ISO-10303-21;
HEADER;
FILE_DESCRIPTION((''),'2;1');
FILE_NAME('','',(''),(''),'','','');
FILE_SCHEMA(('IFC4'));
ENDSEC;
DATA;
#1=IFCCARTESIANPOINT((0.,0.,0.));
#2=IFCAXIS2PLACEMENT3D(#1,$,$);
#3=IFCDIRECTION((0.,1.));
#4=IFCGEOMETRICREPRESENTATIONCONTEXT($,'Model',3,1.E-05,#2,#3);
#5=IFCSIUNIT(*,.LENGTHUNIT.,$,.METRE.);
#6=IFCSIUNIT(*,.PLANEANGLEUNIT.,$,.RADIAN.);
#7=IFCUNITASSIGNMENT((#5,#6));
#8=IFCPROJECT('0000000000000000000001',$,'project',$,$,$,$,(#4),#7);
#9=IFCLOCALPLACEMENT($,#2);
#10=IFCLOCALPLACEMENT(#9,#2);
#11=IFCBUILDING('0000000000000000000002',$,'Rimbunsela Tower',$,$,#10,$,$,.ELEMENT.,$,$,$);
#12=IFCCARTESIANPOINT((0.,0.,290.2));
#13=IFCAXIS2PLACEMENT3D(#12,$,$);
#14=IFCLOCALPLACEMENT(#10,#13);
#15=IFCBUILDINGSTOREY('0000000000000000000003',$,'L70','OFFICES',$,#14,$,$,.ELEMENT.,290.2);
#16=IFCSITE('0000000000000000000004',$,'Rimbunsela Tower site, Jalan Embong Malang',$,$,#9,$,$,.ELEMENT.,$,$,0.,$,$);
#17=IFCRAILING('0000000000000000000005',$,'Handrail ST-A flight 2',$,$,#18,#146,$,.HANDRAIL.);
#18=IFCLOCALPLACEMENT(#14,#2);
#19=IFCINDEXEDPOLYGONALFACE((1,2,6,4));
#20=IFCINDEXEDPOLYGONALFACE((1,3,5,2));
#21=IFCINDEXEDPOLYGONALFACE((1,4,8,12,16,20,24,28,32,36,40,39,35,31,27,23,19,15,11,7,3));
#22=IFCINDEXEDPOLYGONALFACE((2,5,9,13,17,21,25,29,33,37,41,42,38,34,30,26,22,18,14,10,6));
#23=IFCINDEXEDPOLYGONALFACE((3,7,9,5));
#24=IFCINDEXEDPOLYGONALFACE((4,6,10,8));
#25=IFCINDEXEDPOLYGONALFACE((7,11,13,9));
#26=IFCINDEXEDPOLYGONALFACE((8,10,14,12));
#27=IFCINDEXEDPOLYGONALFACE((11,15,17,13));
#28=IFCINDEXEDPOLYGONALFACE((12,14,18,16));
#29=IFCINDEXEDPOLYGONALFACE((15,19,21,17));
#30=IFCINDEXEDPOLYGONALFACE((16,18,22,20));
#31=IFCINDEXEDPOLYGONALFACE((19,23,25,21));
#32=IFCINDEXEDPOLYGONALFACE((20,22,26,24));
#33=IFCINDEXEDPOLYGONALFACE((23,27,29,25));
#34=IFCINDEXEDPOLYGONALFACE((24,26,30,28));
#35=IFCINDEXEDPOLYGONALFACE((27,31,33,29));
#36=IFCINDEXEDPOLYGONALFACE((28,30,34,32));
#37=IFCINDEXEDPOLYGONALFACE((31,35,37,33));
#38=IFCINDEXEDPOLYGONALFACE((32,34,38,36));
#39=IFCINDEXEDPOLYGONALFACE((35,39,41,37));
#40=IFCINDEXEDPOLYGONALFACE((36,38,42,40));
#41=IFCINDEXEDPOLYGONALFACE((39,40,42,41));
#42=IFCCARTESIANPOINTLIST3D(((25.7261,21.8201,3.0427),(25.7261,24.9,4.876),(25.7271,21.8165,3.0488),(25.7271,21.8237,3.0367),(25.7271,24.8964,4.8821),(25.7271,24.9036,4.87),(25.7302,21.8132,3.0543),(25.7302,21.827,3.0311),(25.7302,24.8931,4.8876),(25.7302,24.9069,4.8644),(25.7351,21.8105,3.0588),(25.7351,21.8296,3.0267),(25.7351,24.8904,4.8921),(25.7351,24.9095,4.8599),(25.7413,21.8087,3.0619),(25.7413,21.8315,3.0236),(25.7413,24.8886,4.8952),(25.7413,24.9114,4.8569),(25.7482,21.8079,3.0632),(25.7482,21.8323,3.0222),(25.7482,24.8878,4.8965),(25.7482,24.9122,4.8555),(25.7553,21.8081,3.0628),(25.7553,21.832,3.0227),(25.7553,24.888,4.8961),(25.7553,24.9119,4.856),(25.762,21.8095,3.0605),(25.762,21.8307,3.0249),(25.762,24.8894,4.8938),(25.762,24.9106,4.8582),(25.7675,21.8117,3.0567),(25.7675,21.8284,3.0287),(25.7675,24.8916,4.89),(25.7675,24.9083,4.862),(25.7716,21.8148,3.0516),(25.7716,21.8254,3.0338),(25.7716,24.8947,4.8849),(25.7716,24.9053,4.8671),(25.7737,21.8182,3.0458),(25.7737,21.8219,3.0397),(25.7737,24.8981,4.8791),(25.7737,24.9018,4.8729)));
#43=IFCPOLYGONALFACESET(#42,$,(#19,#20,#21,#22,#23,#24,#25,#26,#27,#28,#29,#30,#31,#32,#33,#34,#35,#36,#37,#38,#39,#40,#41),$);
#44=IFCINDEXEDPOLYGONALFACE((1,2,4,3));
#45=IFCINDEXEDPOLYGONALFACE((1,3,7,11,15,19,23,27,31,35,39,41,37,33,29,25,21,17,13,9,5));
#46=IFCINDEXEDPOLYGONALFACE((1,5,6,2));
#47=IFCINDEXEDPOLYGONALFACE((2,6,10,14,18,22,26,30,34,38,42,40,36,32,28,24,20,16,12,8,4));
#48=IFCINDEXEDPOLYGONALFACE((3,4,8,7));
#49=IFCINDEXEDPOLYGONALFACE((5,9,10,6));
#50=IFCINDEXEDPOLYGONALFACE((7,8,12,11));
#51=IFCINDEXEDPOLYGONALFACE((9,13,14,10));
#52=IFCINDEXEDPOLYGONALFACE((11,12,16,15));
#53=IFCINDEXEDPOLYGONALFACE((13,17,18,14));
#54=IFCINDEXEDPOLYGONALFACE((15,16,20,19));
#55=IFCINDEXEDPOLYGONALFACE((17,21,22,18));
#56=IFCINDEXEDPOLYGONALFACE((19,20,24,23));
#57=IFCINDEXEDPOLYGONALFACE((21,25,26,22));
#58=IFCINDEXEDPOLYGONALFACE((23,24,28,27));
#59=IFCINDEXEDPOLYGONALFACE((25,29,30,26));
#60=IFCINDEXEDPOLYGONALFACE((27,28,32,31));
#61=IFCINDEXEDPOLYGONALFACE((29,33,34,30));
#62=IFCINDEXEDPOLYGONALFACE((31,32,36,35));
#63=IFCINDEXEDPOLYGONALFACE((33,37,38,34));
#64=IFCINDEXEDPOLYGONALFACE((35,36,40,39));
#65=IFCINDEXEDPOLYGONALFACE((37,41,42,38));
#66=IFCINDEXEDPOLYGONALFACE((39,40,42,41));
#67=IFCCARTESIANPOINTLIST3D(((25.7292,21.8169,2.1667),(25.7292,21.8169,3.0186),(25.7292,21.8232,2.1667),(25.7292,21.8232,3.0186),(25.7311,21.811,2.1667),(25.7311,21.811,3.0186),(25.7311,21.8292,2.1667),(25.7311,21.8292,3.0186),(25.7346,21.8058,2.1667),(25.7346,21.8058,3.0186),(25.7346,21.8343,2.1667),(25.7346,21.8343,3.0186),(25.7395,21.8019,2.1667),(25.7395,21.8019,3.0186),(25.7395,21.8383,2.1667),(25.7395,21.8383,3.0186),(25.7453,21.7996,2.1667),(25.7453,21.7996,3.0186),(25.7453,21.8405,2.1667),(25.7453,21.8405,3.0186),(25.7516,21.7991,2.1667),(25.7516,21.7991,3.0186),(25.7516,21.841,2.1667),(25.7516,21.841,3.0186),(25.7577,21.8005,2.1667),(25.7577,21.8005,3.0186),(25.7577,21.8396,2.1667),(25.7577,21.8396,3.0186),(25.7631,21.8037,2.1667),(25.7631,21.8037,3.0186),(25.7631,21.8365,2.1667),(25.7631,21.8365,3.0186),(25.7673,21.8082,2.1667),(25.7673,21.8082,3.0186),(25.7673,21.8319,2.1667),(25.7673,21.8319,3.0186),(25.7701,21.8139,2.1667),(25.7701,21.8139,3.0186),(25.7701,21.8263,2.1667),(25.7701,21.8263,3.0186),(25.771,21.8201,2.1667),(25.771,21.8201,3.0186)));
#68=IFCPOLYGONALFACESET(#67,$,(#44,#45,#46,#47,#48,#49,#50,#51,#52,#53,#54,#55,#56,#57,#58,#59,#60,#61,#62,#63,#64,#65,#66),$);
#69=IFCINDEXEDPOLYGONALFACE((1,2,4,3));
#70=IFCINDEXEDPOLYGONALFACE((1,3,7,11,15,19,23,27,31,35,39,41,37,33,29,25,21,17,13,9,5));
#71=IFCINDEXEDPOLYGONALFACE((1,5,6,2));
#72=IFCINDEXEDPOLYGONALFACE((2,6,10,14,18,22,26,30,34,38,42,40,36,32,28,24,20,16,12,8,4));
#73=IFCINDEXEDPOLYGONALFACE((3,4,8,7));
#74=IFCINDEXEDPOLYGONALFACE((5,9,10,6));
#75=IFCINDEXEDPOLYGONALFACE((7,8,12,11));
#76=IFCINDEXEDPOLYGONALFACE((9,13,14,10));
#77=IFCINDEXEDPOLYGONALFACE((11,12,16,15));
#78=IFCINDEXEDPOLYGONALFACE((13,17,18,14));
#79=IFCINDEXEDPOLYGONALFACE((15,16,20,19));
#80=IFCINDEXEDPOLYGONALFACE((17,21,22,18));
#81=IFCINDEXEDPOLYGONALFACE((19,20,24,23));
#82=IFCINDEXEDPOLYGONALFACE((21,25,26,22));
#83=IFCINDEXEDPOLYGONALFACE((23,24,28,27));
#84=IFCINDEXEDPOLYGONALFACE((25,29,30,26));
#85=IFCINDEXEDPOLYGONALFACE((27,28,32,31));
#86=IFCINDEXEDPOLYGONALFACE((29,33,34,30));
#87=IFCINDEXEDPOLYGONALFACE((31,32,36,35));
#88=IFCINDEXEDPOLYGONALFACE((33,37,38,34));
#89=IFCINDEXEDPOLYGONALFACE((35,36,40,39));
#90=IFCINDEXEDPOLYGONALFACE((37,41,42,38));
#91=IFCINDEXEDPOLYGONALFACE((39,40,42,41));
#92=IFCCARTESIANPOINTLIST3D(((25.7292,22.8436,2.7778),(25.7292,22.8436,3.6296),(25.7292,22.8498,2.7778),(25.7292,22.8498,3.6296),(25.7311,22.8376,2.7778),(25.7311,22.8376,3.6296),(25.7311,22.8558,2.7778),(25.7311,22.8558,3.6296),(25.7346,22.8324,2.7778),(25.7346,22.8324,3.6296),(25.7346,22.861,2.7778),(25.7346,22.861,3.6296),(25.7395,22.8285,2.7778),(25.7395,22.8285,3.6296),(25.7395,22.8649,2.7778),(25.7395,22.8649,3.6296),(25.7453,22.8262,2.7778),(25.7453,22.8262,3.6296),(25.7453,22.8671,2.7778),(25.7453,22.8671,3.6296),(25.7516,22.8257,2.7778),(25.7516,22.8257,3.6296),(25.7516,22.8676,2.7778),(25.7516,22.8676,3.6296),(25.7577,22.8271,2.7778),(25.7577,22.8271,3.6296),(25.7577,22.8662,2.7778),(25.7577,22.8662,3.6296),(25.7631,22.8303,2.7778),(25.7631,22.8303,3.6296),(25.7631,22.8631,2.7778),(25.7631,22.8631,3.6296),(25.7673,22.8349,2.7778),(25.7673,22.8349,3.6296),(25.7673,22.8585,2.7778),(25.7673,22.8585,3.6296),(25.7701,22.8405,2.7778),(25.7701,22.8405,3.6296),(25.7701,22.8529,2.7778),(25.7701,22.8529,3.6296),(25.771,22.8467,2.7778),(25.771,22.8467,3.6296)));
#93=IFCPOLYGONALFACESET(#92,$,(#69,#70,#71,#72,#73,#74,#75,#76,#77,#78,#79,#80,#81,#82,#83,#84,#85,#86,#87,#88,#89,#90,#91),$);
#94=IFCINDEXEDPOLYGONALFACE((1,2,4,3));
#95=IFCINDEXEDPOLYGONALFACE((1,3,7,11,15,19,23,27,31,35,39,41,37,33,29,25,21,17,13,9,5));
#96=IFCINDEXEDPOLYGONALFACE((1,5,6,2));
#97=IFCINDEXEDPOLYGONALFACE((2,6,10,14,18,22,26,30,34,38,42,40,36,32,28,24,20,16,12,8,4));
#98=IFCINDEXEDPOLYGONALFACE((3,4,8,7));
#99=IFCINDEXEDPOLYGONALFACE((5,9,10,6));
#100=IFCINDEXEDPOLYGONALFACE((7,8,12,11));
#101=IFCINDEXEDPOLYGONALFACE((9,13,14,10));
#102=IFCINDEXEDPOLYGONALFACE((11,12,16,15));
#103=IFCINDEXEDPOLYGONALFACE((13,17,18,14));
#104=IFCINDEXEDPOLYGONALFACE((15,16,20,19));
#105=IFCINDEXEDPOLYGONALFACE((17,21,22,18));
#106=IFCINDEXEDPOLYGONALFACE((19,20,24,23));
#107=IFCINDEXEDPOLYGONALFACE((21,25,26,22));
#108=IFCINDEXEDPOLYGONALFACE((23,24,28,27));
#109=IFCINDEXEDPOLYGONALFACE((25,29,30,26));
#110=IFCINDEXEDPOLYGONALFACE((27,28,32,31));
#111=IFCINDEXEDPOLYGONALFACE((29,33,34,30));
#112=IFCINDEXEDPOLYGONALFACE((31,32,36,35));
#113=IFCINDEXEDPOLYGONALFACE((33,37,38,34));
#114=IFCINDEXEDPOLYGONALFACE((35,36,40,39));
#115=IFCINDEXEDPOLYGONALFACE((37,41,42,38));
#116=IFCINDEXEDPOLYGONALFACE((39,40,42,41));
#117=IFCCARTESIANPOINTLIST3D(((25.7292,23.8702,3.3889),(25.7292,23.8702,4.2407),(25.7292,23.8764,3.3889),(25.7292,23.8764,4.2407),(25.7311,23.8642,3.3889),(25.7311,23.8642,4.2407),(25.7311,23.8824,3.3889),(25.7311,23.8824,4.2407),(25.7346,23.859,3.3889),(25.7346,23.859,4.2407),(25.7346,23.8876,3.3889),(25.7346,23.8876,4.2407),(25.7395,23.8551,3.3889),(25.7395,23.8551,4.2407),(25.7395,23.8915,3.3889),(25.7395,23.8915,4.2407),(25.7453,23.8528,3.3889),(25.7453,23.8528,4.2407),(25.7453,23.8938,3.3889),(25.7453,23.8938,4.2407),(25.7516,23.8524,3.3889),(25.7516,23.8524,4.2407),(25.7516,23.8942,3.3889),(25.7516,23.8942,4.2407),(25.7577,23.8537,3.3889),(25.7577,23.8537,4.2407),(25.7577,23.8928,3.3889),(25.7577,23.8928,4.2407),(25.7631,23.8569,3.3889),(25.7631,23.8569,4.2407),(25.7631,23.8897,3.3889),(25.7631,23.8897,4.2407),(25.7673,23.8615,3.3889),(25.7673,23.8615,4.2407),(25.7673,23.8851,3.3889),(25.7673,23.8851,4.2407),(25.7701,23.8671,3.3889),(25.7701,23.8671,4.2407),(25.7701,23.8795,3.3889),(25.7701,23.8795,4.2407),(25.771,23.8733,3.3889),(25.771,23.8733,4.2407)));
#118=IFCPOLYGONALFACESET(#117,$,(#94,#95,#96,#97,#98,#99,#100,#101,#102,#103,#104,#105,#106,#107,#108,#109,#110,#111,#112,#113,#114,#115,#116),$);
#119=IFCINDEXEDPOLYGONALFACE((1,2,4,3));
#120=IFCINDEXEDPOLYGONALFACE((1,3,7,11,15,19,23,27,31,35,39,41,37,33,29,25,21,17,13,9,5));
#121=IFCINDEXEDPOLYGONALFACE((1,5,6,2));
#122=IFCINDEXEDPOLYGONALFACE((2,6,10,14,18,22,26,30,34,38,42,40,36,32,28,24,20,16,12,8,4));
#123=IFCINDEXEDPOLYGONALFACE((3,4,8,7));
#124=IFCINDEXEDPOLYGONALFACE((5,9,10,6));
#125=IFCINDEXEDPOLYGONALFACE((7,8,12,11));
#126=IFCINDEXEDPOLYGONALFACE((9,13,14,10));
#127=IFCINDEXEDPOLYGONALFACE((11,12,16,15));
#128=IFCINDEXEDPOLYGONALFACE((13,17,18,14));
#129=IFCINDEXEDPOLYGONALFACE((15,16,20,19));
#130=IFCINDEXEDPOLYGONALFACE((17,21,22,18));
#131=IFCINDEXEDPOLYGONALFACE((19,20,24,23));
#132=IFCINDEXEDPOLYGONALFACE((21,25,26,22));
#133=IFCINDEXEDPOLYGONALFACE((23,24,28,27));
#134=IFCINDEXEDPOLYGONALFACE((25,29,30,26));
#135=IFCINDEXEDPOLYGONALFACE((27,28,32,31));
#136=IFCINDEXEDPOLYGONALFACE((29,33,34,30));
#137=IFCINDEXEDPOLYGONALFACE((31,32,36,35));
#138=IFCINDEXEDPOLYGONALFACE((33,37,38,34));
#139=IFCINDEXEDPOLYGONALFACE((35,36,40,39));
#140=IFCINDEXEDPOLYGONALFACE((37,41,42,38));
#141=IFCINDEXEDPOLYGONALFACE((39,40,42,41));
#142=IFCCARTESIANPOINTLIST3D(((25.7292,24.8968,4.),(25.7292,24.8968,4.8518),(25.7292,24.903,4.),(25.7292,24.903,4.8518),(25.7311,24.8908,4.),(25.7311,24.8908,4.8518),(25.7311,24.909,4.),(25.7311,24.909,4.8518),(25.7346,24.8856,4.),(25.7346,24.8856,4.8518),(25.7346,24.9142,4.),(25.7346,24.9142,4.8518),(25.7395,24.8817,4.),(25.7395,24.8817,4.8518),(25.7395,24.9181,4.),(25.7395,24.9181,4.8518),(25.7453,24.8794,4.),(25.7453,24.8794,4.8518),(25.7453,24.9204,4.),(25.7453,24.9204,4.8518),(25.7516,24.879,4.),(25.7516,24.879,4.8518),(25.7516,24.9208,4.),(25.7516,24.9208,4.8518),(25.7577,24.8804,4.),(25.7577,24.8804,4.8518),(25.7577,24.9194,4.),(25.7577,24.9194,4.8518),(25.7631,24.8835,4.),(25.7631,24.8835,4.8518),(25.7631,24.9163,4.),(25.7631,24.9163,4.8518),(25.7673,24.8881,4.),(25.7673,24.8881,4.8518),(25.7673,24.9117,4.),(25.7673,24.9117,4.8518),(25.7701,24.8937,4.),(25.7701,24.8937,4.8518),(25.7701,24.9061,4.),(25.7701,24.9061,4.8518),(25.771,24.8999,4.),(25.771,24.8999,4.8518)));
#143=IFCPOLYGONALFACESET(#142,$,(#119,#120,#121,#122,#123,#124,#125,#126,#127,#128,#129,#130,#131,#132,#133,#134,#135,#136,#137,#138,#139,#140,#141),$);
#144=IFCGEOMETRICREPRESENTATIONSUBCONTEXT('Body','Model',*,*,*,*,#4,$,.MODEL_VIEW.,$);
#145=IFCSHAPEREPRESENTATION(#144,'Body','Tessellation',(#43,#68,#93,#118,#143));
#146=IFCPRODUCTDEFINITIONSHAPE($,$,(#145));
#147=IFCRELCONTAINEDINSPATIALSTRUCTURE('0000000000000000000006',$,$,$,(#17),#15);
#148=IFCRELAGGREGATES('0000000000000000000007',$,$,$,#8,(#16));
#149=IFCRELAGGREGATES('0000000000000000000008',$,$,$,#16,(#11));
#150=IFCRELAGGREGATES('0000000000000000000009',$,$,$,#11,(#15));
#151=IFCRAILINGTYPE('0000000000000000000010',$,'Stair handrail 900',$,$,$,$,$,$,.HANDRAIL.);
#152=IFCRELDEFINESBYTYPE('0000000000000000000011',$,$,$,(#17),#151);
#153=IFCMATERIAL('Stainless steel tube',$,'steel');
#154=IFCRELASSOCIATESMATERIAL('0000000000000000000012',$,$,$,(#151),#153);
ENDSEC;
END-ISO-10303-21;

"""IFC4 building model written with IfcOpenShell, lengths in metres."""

from ifc_helpers import new_model, si_unit, direction, frame, origin, origin_2d, place, context, subcontext, project, spatial, circle, extrude, material, type_object, element, save


model = new_model("IFC4")

# Units and contexts
model_context = context("Model", 3, precision=1e-05, world=origin(), true_north=direction((0.0, 1.0)))
body_context = subcontext(model_context, "Body", "Model", "MODEL_VIEW")
ifc_project = project(units=[si_unit("LENGTHUNIT", "METRE"), si_unit("PLANEANGLEUNIT", "RADIAN")], contexts=[model_context])

# Site, building, storey
site_placement = place(None, origin())
site = spatial("IfcSite", under=ifc_project, at=site_placement, Name="Rimbunsela Tower site, Jalan Embong Malang", CompositionType="ELEMENT", RefElevation=0.0)
building_placement = place(site_placement, origin())
building = spatial("IfcBuilding", under=site, at=building_placement, Name="Rimbunsela Tower", CompositionType="ELEMENT")
storey_placement = place(building_placement, frame((0.0, 0.0, 290.2)))
storey = spatial("IfcBuildingStorey", under=building, at=storey_placement, Name="L70", Description="OFFICES", CompositionType="ELEMENT", Elevation=290.2)

# Railing
ifc_material_1 = material(Name="Stainless steel tube", Category="steel")
railing_type = type_object("IfcRailingType", Name="Stair handrail 900", PredefinedType="HANDRAIL", material=ifc_material_1)
for number, where, name in (
    (1, (25.75, 21.8201, 2.1667), "Handrail ST-A flight 2"),
):
    element("IfcRailing", number, at=place(storey_placement, frame(where)), inside=storey, type_object=railing_type, Name=name, PredefinedType="HANDRAIL", context=body_context, shape_type="SweptSolid", body=[
        extrude(circle(Radius=0.0239, at=origin_2d()), frame((0.0, 0.0, 0.876), z_axis=(0.0, 0.859291, 0.511487), x_axis=(-1.0, 0.0, 0.0)), (0.0, 0.0, 1.0), 3.5842),
        extrude(circle(Radius=0.021, at=origin_2d()), origin(), (0.0, 0.0, 1.0), 0.8518),
        extrude(circle(Radius=0.021, at=origin_2d()), frame((0.0, 1.0266, 0.6111)), (0.0, 0.0, 1.0), 0.8518),
        extrude(circle(Radius=0.021, at=origin_2d()), frame((0.0, 2.0532, 1.2222)), (0.0, 0.0, 1.0), 0.8518),
        extrude(circle(Radius=0.021, at=origin_2d()), frame((0.0, 3.0798, 1.8333)), (0.0, 0.0, 1.0), 0.8518),
    ])

save(model, "model.ifc")
